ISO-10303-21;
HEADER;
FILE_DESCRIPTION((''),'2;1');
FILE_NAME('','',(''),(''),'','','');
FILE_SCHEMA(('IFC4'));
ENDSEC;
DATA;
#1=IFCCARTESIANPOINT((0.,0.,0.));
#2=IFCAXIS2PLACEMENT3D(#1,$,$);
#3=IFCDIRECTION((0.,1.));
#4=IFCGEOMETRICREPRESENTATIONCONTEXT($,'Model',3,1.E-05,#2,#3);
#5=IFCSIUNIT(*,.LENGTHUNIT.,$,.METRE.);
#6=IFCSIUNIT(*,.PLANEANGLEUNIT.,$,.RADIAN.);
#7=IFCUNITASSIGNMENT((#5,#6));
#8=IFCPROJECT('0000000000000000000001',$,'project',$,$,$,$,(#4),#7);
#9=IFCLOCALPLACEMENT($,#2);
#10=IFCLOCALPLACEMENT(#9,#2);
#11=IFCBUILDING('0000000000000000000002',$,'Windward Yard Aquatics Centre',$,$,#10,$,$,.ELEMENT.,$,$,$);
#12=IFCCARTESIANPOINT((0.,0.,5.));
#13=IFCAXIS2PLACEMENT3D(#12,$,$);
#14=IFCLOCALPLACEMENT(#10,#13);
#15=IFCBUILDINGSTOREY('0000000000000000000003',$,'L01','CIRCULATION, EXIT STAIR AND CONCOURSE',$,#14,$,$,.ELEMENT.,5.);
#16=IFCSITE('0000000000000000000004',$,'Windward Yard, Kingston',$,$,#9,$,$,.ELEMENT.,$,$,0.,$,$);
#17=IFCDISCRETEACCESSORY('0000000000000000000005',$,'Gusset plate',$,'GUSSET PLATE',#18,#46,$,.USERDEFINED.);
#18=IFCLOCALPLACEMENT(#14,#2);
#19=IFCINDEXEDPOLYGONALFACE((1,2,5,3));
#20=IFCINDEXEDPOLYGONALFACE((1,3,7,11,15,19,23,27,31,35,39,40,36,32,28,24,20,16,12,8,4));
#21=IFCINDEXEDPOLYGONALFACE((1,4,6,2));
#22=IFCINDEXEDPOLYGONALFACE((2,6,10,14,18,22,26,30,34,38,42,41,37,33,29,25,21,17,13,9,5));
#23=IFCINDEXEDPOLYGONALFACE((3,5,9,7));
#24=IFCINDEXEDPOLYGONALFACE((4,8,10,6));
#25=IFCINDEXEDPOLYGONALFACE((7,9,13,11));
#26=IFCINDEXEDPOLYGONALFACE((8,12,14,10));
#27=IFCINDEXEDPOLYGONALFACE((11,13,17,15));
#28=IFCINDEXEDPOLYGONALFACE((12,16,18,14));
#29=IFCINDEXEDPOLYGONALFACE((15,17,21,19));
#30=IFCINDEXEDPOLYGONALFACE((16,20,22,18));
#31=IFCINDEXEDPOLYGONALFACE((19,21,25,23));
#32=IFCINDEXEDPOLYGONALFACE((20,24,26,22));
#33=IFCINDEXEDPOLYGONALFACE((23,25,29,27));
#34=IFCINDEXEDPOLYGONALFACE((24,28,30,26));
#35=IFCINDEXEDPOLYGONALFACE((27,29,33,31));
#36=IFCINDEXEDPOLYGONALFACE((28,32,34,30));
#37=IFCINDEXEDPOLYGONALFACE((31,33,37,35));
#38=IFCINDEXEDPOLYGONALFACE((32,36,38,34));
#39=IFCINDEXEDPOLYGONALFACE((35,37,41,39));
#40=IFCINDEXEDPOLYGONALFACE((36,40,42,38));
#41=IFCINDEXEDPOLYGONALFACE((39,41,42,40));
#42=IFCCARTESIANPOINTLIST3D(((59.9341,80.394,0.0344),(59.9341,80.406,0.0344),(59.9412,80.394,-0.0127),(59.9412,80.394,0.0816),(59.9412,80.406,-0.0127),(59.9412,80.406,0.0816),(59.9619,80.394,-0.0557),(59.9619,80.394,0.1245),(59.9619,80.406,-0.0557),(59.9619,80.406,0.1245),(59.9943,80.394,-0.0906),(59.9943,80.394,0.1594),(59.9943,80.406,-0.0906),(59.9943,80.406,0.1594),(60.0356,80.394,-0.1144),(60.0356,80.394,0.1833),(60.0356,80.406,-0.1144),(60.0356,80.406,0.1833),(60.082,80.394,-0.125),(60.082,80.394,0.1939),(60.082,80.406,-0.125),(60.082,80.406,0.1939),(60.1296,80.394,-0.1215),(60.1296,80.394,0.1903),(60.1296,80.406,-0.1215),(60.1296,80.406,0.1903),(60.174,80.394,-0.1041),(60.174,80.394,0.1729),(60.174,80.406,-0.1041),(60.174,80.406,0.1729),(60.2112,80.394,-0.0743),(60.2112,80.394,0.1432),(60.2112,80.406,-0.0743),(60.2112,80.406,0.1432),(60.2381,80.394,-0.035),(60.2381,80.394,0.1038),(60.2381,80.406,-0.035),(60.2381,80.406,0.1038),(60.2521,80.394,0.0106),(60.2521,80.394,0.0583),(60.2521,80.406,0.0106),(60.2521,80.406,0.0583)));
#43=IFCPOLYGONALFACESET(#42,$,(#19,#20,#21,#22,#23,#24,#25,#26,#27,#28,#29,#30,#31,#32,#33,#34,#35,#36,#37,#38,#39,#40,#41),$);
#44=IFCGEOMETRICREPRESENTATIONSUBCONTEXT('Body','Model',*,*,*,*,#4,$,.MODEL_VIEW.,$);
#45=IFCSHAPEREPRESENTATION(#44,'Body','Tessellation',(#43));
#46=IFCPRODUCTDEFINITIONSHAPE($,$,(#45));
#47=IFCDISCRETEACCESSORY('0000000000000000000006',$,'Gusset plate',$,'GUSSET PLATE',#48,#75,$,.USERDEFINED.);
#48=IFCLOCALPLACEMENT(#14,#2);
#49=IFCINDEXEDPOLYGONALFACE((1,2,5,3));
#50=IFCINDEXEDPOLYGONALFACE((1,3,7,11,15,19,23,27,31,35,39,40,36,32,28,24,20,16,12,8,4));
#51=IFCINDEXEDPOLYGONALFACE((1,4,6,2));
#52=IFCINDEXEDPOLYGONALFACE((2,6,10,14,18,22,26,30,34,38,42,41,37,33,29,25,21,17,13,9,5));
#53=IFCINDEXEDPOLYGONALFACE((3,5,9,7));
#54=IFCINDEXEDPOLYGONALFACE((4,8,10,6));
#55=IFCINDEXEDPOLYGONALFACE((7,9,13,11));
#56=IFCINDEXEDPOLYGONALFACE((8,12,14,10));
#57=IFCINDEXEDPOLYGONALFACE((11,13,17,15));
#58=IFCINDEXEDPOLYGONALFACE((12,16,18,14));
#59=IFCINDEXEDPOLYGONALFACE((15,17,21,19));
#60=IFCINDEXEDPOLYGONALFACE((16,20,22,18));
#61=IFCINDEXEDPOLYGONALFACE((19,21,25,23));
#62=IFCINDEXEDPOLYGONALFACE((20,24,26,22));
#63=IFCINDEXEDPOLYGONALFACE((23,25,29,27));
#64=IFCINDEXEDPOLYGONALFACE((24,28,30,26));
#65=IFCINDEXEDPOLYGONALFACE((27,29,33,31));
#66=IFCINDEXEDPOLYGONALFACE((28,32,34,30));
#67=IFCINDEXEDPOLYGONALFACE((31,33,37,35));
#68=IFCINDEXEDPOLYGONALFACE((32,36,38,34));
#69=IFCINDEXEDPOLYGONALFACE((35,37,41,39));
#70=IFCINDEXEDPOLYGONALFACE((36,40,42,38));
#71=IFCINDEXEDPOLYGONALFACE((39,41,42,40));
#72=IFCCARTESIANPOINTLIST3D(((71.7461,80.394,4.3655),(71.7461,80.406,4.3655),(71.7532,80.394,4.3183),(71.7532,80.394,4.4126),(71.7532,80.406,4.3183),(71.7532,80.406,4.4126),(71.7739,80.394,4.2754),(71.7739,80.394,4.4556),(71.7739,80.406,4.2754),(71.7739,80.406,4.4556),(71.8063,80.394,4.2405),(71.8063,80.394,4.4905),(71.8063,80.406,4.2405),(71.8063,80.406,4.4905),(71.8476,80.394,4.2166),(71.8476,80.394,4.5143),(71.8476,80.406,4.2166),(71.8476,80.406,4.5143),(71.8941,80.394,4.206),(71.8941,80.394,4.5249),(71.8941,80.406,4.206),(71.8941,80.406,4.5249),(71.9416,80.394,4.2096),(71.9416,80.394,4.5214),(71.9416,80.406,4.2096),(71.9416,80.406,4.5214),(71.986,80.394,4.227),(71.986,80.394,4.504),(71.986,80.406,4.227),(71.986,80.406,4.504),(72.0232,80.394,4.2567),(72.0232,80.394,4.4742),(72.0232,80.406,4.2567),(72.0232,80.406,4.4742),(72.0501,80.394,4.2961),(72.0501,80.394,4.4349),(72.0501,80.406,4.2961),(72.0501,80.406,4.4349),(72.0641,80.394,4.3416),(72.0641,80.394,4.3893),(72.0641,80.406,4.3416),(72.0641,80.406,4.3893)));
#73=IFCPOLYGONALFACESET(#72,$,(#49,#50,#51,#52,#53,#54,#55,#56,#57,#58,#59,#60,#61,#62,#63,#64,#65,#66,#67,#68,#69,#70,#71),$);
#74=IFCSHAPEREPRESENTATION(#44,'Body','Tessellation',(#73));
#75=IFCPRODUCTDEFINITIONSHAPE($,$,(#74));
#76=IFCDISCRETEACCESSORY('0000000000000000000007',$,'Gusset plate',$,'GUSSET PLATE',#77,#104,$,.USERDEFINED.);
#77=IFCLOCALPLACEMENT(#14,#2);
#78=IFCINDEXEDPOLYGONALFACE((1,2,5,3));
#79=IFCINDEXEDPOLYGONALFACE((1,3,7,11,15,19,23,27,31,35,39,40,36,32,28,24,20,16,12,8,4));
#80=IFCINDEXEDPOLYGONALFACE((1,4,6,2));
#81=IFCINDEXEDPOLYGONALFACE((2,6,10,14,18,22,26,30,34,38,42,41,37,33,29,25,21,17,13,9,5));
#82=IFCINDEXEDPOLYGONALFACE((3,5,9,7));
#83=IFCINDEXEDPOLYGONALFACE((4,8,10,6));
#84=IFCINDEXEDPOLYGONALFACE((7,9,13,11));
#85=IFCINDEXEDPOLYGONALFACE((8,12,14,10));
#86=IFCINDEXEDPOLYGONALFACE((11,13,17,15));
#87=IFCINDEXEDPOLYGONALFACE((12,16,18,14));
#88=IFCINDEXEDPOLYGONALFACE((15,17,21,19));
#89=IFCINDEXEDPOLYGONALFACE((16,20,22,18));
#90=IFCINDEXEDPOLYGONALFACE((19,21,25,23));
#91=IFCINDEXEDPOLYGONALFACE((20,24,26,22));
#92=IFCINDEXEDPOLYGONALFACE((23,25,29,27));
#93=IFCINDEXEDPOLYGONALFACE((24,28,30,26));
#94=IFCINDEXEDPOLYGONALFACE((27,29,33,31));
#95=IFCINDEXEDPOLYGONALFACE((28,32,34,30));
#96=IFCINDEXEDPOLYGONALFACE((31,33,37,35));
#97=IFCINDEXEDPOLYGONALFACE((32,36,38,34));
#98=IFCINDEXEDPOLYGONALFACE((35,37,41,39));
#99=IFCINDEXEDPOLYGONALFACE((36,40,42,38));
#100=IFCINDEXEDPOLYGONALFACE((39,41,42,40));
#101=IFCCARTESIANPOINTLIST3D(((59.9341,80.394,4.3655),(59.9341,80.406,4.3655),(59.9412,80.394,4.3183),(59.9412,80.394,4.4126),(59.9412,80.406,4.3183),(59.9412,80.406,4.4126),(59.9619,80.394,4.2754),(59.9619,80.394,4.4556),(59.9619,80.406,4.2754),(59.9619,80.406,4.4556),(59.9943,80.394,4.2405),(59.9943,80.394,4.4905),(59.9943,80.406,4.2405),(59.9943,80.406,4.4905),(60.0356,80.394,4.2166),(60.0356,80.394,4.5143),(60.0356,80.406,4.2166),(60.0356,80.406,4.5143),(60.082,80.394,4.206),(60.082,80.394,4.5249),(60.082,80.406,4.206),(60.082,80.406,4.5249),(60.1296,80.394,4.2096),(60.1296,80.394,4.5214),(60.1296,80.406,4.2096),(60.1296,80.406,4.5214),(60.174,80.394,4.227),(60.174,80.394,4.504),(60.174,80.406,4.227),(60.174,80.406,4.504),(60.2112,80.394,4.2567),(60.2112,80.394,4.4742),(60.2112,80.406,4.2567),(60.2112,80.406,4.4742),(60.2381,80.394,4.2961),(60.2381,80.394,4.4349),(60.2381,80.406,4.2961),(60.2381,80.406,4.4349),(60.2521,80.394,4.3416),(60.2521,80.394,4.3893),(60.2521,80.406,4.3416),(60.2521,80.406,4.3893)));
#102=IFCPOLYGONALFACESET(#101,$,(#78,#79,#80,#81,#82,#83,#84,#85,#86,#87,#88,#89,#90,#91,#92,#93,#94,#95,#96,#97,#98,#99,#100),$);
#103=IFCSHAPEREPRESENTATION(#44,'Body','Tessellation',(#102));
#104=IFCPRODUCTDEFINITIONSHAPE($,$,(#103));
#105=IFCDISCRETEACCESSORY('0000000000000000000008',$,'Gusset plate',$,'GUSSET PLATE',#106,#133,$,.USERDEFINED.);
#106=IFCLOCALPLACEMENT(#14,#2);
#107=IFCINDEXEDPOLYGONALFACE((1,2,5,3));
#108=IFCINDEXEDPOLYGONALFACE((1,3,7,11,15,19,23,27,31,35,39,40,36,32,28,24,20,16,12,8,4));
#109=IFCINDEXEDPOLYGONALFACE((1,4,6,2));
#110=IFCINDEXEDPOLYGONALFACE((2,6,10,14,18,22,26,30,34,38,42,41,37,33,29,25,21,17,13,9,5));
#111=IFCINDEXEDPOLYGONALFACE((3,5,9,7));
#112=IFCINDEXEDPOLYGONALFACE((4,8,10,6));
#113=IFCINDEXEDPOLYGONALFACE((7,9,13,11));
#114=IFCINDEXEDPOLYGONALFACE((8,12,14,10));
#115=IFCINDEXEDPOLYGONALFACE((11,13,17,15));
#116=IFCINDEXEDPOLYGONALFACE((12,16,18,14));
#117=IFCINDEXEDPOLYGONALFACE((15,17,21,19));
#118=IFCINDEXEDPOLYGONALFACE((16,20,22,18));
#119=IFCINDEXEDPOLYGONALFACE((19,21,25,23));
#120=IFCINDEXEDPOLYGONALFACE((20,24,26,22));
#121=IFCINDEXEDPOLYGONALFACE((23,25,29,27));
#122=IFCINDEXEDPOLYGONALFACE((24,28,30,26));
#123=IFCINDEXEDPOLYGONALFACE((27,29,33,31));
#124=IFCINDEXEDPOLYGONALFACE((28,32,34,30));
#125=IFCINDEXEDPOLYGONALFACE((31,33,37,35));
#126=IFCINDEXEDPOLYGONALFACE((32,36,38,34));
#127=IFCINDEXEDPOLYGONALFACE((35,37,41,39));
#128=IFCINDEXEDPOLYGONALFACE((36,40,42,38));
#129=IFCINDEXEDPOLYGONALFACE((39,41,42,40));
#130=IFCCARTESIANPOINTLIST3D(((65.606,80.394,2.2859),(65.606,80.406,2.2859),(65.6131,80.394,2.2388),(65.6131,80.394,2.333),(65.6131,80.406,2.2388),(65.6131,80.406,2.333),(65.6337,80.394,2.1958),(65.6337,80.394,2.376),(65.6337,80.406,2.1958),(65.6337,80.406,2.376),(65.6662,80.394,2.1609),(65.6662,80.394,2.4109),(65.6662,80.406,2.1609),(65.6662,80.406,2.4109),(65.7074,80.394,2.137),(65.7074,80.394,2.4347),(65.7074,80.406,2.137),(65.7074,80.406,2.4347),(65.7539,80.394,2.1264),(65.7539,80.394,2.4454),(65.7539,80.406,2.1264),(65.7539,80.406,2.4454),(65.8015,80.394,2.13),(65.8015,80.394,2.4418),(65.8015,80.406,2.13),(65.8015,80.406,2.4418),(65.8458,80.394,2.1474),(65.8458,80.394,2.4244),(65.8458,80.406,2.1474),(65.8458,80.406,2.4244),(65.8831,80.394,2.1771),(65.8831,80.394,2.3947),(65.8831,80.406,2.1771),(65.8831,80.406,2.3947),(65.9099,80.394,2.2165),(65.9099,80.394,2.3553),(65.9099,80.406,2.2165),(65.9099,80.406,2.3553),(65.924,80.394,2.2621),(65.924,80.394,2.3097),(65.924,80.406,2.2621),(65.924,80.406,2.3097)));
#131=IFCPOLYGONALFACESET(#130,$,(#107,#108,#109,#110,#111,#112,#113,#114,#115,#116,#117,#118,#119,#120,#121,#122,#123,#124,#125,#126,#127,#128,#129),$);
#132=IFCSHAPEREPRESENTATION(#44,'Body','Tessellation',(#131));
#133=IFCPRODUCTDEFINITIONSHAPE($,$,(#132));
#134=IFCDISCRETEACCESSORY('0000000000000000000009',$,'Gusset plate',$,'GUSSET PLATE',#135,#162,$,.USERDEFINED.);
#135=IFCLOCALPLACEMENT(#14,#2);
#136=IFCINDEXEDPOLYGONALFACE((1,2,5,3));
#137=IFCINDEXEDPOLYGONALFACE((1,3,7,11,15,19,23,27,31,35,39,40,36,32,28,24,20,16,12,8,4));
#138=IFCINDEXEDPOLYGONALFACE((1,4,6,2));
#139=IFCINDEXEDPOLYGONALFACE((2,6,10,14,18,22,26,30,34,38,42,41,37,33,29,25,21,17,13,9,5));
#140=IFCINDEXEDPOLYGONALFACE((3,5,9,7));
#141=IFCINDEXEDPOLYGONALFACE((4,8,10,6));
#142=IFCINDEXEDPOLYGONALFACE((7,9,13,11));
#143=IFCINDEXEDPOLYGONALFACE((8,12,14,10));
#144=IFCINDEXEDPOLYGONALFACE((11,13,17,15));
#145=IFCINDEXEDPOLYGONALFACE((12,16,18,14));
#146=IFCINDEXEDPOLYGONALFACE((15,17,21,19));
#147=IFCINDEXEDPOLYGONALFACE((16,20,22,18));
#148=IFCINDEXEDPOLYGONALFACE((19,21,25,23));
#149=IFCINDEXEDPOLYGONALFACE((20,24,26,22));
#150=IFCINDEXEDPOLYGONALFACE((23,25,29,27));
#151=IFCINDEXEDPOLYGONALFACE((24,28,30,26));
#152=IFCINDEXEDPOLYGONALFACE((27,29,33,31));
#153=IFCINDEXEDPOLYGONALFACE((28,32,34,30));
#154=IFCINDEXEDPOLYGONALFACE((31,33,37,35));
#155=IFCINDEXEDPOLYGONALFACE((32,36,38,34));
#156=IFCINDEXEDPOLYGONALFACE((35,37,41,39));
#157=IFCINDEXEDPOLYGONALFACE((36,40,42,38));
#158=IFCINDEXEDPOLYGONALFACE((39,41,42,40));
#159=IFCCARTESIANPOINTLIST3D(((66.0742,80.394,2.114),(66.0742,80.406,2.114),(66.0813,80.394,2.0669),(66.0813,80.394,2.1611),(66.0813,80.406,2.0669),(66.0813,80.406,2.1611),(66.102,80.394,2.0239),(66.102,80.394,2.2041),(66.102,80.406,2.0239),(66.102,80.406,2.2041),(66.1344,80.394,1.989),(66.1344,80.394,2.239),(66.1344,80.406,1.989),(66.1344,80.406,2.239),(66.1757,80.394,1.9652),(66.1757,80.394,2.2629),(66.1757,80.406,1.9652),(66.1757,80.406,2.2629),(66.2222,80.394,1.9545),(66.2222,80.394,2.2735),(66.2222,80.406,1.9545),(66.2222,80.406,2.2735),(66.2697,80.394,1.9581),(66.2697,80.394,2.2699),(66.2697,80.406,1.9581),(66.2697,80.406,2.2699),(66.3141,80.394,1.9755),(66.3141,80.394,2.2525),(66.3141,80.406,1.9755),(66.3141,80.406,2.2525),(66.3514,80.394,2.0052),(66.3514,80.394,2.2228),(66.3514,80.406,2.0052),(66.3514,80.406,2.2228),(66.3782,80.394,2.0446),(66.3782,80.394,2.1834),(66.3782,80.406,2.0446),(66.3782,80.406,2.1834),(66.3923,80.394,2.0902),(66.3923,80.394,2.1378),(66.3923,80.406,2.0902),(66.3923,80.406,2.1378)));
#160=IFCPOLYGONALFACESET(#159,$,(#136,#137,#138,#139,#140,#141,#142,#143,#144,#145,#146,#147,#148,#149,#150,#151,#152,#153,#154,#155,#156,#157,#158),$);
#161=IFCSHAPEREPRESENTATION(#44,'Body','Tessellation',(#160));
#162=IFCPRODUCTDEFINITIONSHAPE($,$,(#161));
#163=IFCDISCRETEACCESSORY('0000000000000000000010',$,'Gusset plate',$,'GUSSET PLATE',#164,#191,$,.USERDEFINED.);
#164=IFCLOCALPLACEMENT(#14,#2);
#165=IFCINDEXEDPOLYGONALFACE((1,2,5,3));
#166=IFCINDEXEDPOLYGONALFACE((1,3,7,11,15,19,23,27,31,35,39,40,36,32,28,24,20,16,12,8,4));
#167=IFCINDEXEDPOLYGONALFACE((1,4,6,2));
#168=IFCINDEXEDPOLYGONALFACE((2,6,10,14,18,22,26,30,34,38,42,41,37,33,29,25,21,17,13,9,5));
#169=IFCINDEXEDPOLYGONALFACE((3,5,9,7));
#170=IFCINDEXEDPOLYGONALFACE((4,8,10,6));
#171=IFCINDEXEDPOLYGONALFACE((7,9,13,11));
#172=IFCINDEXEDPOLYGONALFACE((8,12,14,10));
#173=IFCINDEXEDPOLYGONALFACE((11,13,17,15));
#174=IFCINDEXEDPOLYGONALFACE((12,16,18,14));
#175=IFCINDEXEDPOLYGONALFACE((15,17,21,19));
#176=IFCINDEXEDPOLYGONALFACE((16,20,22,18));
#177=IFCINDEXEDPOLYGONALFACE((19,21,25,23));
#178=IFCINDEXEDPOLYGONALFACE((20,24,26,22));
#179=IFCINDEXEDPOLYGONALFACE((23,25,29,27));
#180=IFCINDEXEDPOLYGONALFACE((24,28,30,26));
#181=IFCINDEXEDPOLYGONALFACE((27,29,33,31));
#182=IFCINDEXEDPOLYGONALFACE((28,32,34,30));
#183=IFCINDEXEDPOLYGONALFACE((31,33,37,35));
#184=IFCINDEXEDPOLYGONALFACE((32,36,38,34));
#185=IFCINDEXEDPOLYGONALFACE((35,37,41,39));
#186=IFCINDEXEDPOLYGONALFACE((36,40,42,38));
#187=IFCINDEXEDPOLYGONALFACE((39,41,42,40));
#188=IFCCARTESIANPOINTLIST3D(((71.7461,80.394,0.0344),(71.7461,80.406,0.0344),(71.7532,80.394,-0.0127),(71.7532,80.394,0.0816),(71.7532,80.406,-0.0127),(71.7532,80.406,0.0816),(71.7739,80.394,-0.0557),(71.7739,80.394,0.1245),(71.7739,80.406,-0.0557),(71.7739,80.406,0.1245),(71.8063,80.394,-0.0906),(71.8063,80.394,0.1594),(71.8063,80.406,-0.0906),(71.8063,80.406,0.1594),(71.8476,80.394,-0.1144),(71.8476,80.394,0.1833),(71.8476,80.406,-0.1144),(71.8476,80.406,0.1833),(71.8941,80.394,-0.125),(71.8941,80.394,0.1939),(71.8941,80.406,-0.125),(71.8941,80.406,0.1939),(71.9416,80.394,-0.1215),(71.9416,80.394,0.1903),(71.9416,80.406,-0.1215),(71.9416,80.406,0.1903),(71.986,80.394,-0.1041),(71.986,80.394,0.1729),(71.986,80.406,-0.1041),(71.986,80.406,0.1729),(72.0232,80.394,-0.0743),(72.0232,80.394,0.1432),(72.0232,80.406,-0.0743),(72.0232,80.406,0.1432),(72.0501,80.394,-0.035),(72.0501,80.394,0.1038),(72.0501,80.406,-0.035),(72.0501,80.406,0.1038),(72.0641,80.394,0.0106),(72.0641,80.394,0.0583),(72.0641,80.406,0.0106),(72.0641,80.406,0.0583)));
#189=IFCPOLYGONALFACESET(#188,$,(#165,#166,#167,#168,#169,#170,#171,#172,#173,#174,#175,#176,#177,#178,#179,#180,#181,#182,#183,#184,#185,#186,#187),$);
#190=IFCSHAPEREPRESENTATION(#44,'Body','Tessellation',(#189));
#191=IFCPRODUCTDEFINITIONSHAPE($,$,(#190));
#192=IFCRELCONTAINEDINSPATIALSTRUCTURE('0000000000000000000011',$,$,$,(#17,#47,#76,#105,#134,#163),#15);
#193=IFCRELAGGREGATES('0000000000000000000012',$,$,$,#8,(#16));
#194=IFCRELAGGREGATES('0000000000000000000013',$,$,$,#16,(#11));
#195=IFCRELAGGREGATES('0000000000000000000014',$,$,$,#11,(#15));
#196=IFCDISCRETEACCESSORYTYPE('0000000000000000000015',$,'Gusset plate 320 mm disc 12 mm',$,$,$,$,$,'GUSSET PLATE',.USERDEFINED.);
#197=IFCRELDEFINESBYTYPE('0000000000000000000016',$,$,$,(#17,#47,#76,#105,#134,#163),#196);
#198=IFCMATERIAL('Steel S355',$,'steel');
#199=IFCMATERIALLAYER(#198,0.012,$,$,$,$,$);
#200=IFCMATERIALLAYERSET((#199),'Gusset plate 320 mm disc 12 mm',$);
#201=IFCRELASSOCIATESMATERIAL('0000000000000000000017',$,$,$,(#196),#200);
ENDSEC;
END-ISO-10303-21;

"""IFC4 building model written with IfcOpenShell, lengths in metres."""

from ifc_helpers import new_model, si_unit, direction, frame, origin, origin_2d, place, context, subcontext, project, spatial, circle, extrude, material, layer, layer_set, type_object, element, save


model = new_model("IFC4")

# Units and contexts
model_context = context("Model", 3, precision=1e-05, world=origin(), true_north=direction((0.0, 1.0)))
body_context = subcontext(model_context, "Body", "Model", "MODEL_VIEW")
ifc_project = project(units=[si_unit("LENGTHUNIT", "METRE"), si_unit("PLANEANGLEUNIT", "RADIAN")], contexts=[model_context])

# Site, building, storey
site_placement = place(None, origin())
site = spatial("IfcSite", under=ifc_project, at=site_placement, Name="Windward Yard, Kingston", CompositionType="ELEMENT", RefElevation=0.0)
building_placement = place(site_placement, origin())
building = spatial("IfcBuilding", under=site, at=building_placement, Name="Windward Yard Aquatics Centre", CompositionType="ELEMENT")
storey_placement = place(building_placement, frame((0.0, 0.0, 5.0)))
storey = spatial("IfcBuildingStorey", under=building, at=storey_placement, Name="L01", Description="CIRCULATION, EXIT STAIR AND CONCOURSE", CompositionType="ELEMENT", Elevation=5.0)

# Discrete accessories
ifc_material_1 = material(Name="Steel S355", Category="steel")
ifc_layer_1 = layer(ifc_material_1, 0.012)
ifc_layer_set_1 = layer_set([ifc_layer_1], Name="Gusset plate 320 mm disc 12 mm")
discrete_accessory_type = type_object("IfcDiscreteAccessoryType", Name="Gusset plate 320 mm disc 12 mm", ElementType="GUSSET PLATE", PredefinedType="USERDEFINED", material=ifc_layer_set_1)
for number, where, z_axis, x_axis, name in (
    (1, (60.094, 80.394, 0.0344), (0.0, 1.0, 0.0), (-1.0, 0.0, 0.0), "Gusset plate"),
    (2, (71.906, 80.394, 4.3655), (0.0, 1.0, 0.0), (-1.0, 0.0, 0.0), "Gusset plate"),
    (3, (60.094, 80.394, 4.3655), (0.0, 1.0, 0.0), (-1.0, 0.0, 0.0), "Gusset plate"),
    (4, (65.7659, 80.394, 2.2859), (0.0, 1.0, 0.0), (-1.0, 0.0, 0.0), "Gusset plate"),
    (5, (66.2341, 80.394, 2.114), (0.0, 1.0, 0.0), (-1.0, 0.0, 0.0), "Gusset plate"),
    (6, (71.906, 80.394, 0.0344), (0.0, 1.0, 0.0), (-1.0, 0.0, 0.0), "Gusset plate"),
):
    element("IfcDiscreteAccessory", number, at=place(storey_placement, frame(where, z_axis=z_axis, x_axis=x_axis)), inside=storey, type_object=discrete_accessory_type, Name=name, ObjectType="GUSSET PLATE", PredefinedType="USERDEFINED", context=body_context, shape_type="SweptSolid", body=[
        extrude(circle(Radius=0.1599, at=origin_2d()), origin(), (0.0, 0.0, 1.0), 0.012),
    ])

save(model, "model.ifc")
